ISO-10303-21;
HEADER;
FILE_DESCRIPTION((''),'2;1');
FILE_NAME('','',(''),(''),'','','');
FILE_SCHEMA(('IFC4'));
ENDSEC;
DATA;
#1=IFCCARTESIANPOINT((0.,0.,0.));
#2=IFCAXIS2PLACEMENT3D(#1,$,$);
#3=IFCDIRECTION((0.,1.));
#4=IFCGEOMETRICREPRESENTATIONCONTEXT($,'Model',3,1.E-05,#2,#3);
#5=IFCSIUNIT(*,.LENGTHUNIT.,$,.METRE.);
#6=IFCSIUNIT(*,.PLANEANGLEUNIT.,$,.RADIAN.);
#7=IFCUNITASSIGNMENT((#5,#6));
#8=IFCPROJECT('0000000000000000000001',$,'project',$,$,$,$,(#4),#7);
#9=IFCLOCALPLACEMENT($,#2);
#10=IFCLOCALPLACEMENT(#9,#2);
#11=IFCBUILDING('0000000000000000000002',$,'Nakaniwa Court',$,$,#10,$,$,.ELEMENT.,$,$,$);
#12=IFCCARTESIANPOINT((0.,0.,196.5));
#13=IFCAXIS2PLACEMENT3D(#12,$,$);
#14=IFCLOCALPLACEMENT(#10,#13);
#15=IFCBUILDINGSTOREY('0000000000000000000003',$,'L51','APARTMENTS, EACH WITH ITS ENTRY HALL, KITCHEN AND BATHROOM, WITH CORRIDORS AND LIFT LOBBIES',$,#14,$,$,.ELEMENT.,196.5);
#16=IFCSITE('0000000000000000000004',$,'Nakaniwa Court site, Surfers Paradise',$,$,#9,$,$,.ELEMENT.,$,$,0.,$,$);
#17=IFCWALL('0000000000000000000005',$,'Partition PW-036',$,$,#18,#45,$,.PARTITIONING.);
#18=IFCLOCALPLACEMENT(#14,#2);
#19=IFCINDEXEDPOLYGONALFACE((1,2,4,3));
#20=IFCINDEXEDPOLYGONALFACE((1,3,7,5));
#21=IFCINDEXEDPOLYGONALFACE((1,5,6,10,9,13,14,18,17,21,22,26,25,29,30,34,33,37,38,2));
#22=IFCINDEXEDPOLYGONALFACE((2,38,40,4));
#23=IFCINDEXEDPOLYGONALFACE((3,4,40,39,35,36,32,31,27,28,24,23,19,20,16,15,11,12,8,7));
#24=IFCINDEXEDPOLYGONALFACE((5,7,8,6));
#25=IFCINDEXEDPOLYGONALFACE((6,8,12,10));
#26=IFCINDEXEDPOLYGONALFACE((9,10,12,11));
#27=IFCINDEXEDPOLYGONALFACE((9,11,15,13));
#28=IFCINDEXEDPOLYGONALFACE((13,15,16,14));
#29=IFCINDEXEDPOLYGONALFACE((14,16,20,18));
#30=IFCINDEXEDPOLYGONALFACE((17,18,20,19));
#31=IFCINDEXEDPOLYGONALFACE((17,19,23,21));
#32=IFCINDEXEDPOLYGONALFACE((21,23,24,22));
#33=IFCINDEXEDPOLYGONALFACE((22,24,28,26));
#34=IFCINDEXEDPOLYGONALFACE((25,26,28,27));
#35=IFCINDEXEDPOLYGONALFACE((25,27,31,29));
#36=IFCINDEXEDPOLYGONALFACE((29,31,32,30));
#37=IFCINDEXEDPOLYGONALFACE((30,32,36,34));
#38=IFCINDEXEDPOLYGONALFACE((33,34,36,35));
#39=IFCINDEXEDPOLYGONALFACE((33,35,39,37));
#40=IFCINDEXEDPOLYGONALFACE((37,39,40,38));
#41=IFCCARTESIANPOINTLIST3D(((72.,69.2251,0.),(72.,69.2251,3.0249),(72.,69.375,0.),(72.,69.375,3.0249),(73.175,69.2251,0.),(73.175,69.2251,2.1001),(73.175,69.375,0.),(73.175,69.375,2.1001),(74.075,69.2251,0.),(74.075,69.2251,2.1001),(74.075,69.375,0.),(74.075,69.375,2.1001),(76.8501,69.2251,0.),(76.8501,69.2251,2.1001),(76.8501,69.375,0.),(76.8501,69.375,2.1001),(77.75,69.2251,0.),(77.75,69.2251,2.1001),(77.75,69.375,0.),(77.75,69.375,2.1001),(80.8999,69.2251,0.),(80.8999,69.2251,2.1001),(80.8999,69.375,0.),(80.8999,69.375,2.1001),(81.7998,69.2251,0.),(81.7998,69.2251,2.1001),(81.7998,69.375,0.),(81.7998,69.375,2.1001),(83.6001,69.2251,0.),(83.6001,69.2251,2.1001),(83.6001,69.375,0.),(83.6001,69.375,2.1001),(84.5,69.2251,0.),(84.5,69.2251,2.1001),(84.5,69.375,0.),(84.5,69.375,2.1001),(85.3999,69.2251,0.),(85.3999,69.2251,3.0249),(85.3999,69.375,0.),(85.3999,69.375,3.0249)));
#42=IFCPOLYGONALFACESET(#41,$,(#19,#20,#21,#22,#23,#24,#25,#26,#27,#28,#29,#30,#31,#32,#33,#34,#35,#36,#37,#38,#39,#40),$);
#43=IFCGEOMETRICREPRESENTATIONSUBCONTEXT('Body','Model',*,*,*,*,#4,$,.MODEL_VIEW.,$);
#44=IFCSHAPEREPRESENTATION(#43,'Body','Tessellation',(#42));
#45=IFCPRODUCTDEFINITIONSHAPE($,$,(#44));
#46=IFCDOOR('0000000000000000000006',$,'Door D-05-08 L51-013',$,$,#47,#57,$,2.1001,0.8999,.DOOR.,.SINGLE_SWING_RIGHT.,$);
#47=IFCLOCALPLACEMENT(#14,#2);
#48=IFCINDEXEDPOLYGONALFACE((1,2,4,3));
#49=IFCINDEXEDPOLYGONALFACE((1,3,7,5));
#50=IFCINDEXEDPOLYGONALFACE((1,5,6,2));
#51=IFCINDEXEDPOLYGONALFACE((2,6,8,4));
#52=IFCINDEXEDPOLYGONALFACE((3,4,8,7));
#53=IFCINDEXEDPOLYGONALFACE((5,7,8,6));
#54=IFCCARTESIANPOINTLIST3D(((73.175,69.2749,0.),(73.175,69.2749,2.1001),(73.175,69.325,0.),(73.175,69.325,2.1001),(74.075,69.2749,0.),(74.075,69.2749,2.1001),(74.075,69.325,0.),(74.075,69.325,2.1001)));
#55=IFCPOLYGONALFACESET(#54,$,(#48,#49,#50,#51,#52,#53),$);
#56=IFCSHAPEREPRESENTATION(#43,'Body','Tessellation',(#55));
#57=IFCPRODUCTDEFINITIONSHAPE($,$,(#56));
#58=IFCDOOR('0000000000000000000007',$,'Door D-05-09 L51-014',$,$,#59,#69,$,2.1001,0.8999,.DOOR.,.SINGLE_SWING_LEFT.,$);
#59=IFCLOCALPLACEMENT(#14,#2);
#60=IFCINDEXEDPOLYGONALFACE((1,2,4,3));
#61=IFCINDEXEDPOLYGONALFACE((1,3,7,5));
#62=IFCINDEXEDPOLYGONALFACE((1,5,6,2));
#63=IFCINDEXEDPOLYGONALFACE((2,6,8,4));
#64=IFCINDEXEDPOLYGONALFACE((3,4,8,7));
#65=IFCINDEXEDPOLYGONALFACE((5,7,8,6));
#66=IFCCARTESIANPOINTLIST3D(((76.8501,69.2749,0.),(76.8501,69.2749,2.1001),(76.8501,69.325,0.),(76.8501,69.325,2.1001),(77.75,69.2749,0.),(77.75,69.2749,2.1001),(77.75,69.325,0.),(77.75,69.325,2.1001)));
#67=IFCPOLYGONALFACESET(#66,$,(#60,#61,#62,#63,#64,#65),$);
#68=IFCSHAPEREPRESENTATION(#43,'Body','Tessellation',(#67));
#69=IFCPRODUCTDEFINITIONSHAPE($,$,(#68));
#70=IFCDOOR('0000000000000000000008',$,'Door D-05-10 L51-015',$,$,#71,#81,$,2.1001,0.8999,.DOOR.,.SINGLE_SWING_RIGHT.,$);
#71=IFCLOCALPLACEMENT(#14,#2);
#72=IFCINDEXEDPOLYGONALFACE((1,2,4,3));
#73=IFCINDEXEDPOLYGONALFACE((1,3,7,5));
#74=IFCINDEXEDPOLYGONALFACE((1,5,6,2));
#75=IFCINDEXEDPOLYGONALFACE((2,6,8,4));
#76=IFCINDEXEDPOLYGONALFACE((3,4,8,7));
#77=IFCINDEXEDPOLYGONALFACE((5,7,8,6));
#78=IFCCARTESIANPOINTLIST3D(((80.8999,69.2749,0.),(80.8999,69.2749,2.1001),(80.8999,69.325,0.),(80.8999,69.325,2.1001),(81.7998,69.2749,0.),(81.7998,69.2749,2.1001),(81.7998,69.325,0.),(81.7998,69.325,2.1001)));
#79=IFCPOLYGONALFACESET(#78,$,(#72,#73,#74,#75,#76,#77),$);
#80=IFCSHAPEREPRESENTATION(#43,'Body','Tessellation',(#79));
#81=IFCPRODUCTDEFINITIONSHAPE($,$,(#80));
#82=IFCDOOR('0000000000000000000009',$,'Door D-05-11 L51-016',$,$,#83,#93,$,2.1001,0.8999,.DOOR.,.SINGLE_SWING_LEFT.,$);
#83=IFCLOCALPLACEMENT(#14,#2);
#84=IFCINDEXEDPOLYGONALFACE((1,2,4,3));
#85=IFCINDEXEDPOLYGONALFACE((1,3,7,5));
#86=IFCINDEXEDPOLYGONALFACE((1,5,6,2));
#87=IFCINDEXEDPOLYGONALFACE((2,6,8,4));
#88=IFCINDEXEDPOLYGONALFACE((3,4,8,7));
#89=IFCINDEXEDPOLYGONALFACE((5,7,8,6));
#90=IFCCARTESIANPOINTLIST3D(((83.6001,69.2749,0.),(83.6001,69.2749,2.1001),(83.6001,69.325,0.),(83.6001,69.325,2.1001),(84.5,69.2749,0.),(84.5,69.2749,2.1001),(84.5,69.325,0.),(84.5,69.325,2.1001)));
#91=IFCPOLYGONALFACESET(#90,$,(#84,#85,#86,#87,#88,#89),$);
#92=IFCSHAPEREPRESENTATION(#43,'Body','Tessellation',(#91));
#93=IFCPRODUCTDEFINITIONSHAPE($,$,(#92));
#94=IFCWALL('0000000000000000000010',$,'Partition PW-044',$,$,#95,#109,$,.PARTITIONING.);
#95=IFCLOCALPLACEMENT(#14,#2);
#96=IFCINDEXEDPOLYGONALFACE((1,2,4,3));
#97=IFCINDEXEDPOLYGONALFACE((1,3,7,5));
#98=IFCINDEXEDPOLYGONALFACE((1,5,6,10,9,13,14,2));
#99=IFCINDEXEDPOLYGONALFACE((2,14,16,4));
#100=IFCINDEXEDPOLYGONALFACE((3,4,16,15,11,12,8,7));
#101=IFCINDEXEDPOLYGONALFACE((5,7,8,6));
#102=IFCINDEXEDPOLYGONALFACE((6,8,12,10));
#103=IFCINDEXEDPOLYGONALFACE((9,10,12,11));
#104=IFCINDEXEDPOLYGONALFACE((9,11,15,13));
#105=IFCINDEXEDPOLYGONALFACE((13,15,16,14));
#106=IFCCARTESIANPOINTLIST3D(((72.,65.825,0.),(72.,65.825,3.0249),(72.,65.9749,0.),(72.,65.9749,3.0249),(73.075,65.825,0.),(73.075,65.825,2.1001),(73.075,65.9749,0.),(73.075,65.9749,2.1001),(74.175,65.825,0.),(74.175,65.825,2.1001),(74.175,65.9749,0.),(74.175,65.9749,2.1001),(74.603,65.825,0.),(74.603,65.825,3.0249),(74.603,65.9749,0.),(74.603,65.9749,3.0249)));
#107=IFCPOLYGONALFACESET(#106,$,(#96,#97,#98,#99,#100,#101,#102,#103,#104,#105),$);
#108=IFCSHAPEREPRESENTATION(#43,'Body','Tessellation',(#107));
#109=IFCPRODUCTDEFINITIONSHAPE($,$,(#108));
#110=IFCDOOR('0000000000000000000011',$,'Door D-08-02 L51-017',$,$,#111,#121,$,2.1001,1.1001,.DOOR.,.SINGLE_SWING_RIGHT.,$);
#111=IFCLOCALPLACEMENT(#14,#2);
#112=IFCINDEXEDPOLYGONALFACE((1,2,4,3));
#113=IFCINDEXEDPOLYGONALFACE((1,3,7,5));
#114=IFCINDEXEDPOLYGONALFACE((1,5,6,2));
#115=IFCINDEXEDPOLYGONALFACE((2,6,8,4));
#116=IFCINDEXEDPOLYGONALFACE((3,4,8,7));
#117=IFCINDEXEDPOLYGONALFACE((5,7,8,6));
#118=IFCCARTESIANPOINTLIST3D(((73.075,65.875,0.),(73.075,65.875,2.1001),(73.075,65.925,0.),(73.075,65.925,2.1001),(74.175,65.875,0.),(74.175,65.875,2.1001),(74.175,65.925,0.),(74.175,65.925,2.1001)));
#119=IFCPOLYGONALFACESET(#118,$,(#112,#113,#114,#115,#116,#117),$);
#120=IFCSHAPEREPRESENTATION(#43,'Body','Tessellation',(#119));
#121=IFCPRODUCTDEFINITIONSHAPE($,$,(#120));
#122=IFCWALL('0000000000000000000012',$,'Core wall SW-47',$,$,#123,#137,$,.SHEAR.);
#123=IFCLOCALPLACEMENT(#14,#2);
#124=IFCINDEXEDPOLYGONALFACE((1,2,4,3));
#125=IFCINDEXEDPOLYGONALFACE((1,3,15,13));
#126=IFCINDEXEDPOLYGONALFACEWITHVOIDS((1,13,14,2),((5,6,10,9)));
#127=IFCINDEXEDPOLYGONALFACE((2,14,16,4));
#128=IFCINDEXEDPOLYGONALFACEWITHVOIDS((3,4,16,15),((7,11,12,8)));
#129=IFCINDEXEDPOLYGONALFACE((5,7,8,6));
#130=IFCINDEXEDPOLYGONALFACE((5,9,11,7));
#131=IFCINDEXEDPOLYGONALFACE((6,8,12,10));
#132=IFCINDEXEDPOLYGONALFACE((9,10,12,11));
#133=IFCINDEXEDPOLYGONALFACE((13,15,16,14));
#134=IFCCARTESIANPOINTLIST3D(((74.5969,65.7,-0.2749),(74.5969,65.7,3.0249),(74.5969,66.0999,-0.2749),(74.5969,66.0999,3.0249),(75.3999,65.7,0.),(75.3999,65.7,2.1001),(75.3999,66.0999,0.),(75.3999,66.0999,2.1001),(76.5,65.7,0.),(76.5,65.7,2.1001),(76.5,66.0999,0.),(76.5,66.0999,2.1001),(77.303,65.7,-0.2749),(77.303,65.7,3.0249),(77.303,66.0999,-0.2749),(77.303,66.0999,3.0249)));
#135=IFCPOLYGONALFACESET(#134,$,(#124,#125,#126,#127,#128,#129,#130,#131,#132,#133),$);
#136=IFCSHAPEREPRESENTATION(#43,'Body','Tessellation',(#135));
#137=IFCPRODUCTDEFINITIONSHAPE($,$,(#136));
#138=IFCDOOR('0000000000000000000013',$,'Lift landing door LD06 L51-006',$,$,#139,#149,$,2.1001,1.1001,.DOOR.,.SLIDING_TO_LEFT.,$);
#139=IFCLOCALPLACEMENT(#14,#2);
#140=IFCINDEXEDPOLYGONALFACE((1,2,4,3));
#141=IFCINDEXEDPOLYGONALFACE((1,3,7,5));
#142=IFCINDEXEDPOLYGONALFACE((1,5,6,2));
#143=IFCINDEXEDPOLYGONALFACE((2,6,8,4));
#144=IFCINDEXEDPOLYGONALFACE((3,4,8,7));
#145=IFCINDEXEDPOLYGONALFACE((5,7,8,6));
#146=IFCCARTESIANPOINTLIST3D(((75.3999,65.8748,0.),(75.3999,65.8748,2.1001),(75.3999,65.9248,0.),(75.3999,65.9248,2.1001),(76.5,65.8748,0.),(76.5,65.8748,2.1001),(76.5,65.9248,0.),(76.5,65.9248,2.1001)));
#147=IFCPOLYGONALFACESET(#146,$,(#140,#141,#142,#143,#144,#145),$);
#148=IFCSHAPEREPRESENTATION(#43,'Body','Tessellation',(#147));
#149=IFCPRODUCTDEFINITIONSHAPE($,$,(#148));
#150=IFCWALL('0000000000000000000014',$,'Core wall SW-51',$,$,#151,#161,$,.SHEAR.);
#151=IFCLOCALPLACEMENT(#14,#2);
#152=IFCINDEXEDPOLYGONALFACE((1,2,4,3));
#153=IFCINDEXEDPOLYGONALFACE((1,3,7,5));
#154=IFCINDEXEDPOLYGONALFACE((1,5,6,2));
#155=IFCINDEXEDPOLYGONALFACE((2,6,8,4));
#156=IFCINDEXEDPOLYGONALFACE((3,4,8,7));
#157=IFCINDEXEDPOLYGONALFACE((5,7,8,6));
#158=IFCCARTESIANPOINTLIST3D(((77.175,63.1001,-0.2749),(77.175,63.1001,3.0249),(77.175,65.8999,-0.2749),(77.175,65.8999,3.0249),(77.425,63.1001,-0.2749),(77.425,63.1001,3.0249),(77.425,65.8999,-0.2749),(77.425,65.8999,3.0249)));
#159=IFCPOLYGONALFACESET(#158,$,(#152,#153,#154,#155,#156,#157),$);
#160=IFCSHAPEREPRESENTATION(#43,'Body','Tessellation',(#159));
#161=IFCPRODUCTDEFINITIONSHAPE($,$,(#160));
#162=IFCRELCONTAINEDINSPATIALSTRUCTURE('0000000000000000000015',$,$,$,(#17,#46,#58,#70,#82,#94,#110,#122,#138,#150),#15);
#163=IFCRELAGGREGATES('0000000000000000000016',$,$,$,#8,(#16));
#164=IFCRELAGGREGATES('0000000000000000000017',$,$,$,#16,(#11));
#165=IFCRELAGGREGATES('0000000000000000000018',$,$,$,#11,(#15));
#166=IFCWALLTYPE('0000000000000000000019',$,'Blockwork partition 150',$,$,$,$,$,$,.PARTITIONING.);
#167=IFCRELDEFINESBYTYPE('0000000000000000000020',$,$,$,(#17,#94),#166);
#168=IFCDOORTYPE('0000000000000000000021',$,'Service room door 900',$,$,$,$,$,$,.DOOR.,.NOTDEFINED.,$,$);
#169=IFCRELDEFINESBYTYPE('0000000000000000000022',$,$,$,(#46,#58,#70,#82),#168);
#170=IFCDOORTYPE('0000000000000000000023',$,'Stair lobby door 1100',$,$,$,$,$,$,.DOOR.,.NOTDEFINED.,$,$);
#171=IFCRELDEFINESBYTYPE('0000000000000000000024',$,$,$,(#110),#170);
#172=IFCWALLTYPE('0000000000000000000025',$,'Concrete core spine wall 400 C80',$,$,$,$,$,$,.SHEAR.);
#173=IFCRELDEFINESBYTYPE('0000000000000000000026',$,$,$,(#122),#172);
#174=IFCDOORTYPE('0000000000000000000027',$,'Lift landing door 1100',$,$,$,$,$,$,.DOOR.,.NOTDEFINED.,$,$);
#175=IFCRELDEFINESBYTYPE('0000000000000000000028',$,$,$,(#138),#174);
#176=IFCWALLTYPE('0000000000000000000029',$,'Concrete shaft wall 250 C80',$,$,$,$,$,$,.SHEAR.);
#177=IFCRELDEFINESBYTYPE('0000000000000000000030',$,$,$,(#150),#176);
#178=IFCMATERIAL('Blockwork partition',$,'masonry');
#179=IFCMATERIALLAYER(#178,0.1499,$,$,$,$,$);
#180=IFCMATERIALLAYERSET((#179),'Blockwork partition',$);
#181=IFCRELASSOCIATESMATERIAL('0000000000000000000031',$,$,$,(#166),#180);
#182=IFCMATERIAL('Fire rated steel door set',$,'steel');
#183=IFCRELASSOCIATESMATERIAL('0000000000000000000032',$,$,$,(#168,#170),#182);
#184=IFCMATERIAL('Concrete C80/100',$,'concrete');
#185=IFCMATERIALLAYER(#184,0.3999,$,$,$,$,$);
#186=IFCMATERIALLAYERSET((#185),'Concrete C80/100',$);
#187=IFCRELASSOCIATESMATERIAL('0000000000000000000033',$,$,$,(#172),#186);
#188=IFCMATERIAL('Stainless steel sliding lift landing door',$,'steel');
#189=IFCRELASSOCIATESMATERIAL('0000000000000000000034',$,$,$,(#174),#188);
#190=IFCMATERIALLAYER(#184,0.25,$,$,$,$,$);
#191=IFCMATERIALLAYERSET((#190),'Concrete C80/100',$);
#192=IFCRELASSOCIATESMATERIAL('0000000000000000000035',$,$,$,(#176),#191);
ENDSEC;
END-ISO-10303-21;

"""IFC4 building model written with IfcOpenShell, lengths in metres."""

from ifc_helpers import new_model, si_unit, direction, frame, frame_2d, origin, place, context, subcontext, project, spatial, rectangle, extrude, material, layer, layer_set, type_object, element, fill, save


model = new_model("IFC4")

# Units and contexts
model_context = context("Model", 3, precision=1e-05, world=origin(), true_north=direction((0.0, 1.0)))
body_context = subcontext(model_context, "Body", "Model", "MODEL_VIEW")
ifc_project = project(units=[si_unit("LENGTHUNIT", "METRE"), si_unit("PLANEANGLEUNIT", "RADIAN")], contexts=[model_context])

# Site, building, storey
site_placement = place(None, origin())
site = spatial("IfcSite", under=ifc_project, at=site_placement, Name="Nakaniwa Court site, Surfers Paradise", CompositionType="ELEMENT", RefElevation=0.0)
building_placement = place(site_placement, origin())
building = spatial("IfcBuilding", under=site, at=building_placement, Name="Nakaniwa Court", CompositionType="ELEMENT")
storey_placement = place(building_placement, frame((0.0, 0.0, 196.5)))
storey = spatial("IfcBuildingStorey", under=building, at=storey_placement, Name="L51", Description="APARTMENTS, EACH WITH ITS ENTRY HALL, KITCHEN AND BATHROOM, WITH CORRIDORS AND LIFT LOBBIES", CompositionType="ELEMENT", Elevation=196.5)

# Shared definitions
ifc_material_1 = material(Name="Concrete C80/100", Category="concrete")

# Shared definitions
ifc_material_2 = material(Name="Blockwork partition", Category="masonry")
ifc_layer_1 = layer(ifc_material_2, 0.1499)
ifc_layer_set_1 = layer_set([ifc_layer_1], Name="Blockwork partition")
wall_type_1 = type_object("IfcWallType", Name="Blockwork partition 150", PredefinedType="PARTITIONING", material=ifc_layer_set_1)

# Wall, openings, doors
wall_1_placement = place(storey_placement, frame((72.0, 69.3, 0.0), z_axis=(0.0, 0.0, 1.0), x_axis=(1.0, 0.0, 0.0)))
wall_1 = element("IfcWall", 1, at=wall_1_placement, inside=storey, type_object=wall_type_1, Name="Partition PW-036", PredefinedType="PARTITIONING", context=body_context, shape_type="SweptSolid", body=[
    extrude(rectangle(XDim=13.3999, YDim=0.1499, at=frame_2d((6.7, 0.0))), origin(), (0.0, 0.0, 1.0), 3.0249),
])
opening_1_placement = place(wall_1_placement, frame((1.175, 0.0, 0.0)))
opening_1 = element("IfcOpeningElement", 2, at=opening_1_placement, cuts=wall_1, PredefinedType="OPENING", context=body_context, shape_type="SweptSolid", body=[
    extrude(rectangle(XDim=0.8999, YDim=2.1001, at=frame_2d((0.45, 1.05))), frame((0.0, 0.085, 0.0), z_axis=(0.0, -1.0, 0.0), x_axis=(1.0, 0.0, 0.0)), (0.0, 0.0, 1.0), 0.1699),
])
opening_2_placement = place(wall_1_placement, frame((4.8501, 0.0, 0.0)))
opening_2 = element("IfcOpeningElement", 3, at=opening_2_placement, cuts=wall_1, PredefinedType="OPENING", context=body_context, shape_type="SweptSolid", body=[
    extrude(rectangle(XDim=0.8999, YDim=2.1001, at=frame_2d((0.45, 1.05))), frame((0.0, 0.085, 0.0), z_axis=(0.0, -1.0, 0.0), x_axis=(1.0, 0.0, 0.0)), (0.0, 0.0, 1.0), 0.1699),
])
opening_3_placement = place(wall_1_placement, frame((8.8999, 0.0, 0.0)))
opening_3 = element("IfcOpeningElement", 4, at=opening_3_placement, cuts=wall_1, PredefinedType="OPENING", context=body_context, shape_type="SweptSolid", body=[
    extrude(rectangle(XDim=0.8999, YDim=2.1001, at=frame_2d((0.45, 1.05))), frame((0.0, 0.085, 0.0), z_axis=(0.0, -1.0, 0.0), x_axis=(1.0, 0.0, 0.0)), (0.0, 0.0, 1.0), 0.1699),
])
opening_4_placement = place(wall_1_placement, frame((11.6001, 0.0, 0.0)))
opening_4 = element("IfcOpeningElement", 5, at=opening_4_placement, cuts=wall_1, PredefinedType="OPENING", context=body_context, shape_type="SweptSolid", body=[
    extrude(rectangle(XDim=0.8999, YDim=2.1001, at=frame_2d((0.45, 1.05))), frame((0.0, 0.085, 0.0), z_axis=(0.0, -1.0, 0.0), x_axis=(1.0, 0.0, 0.0)), (0.0, 0.0, 1.0), 0.1699),
])
ifc_material_3 = material(Name="Fire rated steel door set", Category="steel")
door_type_1 = type_object("IfcDoorType", Name="Service room door 900", OperationType="NOTDEFINED", PredefinedType="DOOR", material=ifc_material_3)
door_1_placement = place(opening_1_placement, origin())
door_1 = element("IfcDoor", 6, at=door_1_placement, inside=storey, type_object=door_type_1, Name="Door D-05-08 L51-013", OperationType="SINGLE_SWING_RIGHT", OverallHeight=2.1001, OverallWidth=0.8999, PredefinedType="DOOR", context=body_context, shape_type="SweptSolid", body=[
    extrude(rectangle(XDim=0.8999, YDim=2.1001, at=frame_2d((0.45, 1.05))), frame((0.0, 0.0249, 0.0), z_axis=(0.0, -1.0, 0.0), x_axis=(1.0, 0.0, 0.0)), (0.0, 0.0, 1.0), 0.05),
])
fill(opening_1, door_1)
door_2_placement = place(opening_2_placement, origin())
door_2 = element("IfcDoor", 7, at=door_2_placement, inside=storey, type_object=door_type_1, Name="Door D-05-09 L51-014", OperationType="SINGLE_SWING_LEFT", OverallHeight=2.1001, OverallWidth=0.8999, PredefinedType="DOOR", context=body_context, shape_type="SweptSolid", body=[
    extrude(rectangle(XDim=0.8999, YDim=2.1001, at=frame_2d((0.45, 1.05))), frame((0.0, 0.0249, 0.0), z_axis=(0.0, -1.0, 0.0), x_axis=(1.0, 0.0, 0.0)), (0.0, 0.0, 1.0), 0.05),
])
fill(opening_2, door_2)
door_3_placement = place(opening_3_placement, origin())
door_3 = element("IfcDoor", 8, at=door_3_placement, inside=storey, type_object=door_type_1, Name="Door D-05-10 L51-015", OperationType="SINGLE_SWING_RIGHT", OverallHeight=2.1001, OverallWidth=0.8999, PredefinedType="DOOR", context=body_context, shape_type="SweptSolid", body=[
    extrude(rectangle(XDim=0.8999, YDim=2.1001, at=frame_2d((0.45, 1.05))), frame((0.0, 0.0249, 0.0), z_axis=(0.0, -1.0, 0.0), x_axis=(1.0, 0.0, 0.0)), (0.0, 0.0, 1.0), 0.05),
])
fill(opening_3, door_3)
door_4_placement = place(opening_4_placement, origin())
door_4 = element("IfcDoor", 9, at=door_4_placement, inside=storey, type_object=door_type_1, Name="Door D-05-11 L51-016", OperationType="SINGLE_SWING_LEFT", OverallHeight=2.1001, OverallWidth=0.8999, PredefinedType="DOOR", context=body_context, shape_type="SweptSolid", body=[
    extrude(rectangle(XDim=0.8999, YDim=2.1001, at=frame_2d((0.45, 1.05))), frame((0.0, 0.0249, 0.0), z_axis=(0.0, -1.0, 0.0), x_axis=(1.0, 0.0, 0.0)), (0.0, 0.0, 1.0), 0.05),
])
fill(opening_4, door_4)

# Walls, openings, doors
wall_2_placement = place(storey_placement, frame((74.603, 65.8999, 0.0), z_axis=(0.0, 0.0, 1.0), x_axis=(-1.0, 0.0, 0.0)))
wall_2 = element("IfcWall", 10, at=wall_2_placement, inside=storey, type_object=wall_type_1, Name="Partition PW-044", PredefinedType="PARTITIONING", context=body_context, shape_type="SweptSolid", body=[
    extrude(rectangle(XDim=2.603, YDim=0.1499, at=frame_2d((1.3015, 0.0))), origin(), (0.0, 0.0, 1.0), 3.0249),
])
opening_5_placement = place(wall_2_placement, frame((0.428, 0.0, 0.0)))
opening_5 = element("IfcOpeningElement", 11, at=opening_5_placement, cuts=wall_2, PredefinedType="OPENING", context=body_context, shape_type="SweptSolid", body=[
    extrude(rectangle(XDim=1.1001, YDim=2.1001, at=frame_2d((0.55, 1.05))), frame((0.0, 0.085, 0.0), z_axis=(0.0, -1.0, 0.0), x_axis=(1.0, 0.0, 0.0)), (0.0, 0.0, 1.0), 0.1699),
])
door_type_2 = type_object("IfcDoorType", Name="Stair lobby door 1100", OperationType="NOTDEFINED", PredefinedType="DOOR", material=ifc_material_3)
door_5_placement = place(opening_5_placement, origin())
door_5 = element("IfcDoor", 12, at=door_5_placement, inside=storey, type_object=door_type_2, Name="Door D-08-02 L51-017", OperationType="SINGLE_SWING_RIGHT", OverallHeight=2.1001, OverallWidth=1.1001, PredefinedType="DOOR", context=body_context, shape_type="SweptSolid", body=[
    extrude(rectangle(XDim=1.1001, YDim=2.1001, at=frame_2d((0.55, 1.05))), frame((0.0, 0.0249, 0.0), z_axis=(0.0, -1.0, 0.0), x_axis=(1.0, 0.0, 0.0)), (0.0, 0.0, 1.0), 0.05),
])
fill(opening_5, door_5)
ifc_layer_2 = layer(ifc_material_1, 0.3999)
ifc_layer_set_2 = layer_set([ifc_layer_2], Name="Concrete C80/100")
wall_type_2 = type_object("IfcWallType", Name="Concrete core spine wall 400 C80", PredefinedType="SHEAR", material=ifc_layer_set_2)
wall_3_placement = place(storey_placement, frame((74.5969, 65.8999, -0.2749), z_axis=(0.0, 0.0, 1.0), x_axis=(1.0, 0.0, 0.0)))
wall_3 = element("IfcWall", 13, at=wall_3_placement, inside=storey, type_object=wall_type_2, Name="Core wall SW-47", PredefinedType="SHEAR", context=body_context, shape_type="SweptSolid", body=[
    extrude(rectangle(XDim=2.7061, YDim=0.3999, at=frame_2d((1.353, 0.0))), origin(), (0.0, 0.0, 1.0), 3.2998),
])
opening_6_placement = place(wall_3_placement, frame((0.803, 0.0, 0.2749)))
opening_6 = element("IfcOpeningElement", 14, at=opening_6_placement, cuts=wall_3, PredefinedType="OPENING", context=body_context, shape_type="SweptSolid", body=[
    extrude(rectangle(XDim=1.1001, YDim=2.1001, at=frame_2d((0.55, 1.05))), frame((0.0, 0.21, 0.0), z_axis=(0.0, -1.0, 0.0), x_axis=(1.0, 0.0, 0.0)), (0.0, 0.0, 1.0), 0.4199),
])
ifc_material_4 = material(Name="Stainless steel sliding lift landing door", Category="steel")
door_type_3 = type_object("IfcDoorType", Name="Lift landing door 1100", OperationType="NOTDEFINED", PredefinedType="DOOR", material=ifc_material_4)
door_6_placement = place(opening_6_placement, origin())
door_6 = element("IfcDoor", 15, at=door_6_placement, inside=storey, type_object=door_type_3, Name="Lift landing door LD06 L51-006", OperationType="SLIDING_TO_LEFT", OverallHeight=2.1001, OverallWidth=1.1001, PredefinedType="DOOR", context=body_context, shape_type="SweptSolid", body=[
    extrude(rectangle(XDim=1.1001, YDim=2.1001, at=frame_2d((0.55, 1.05))), frame((0.0, 0.0249, 0.0), z_axis=(0.0, -1.0, 0.0), x_axis=(1.0, 0.0, 0.0)), (0.0, 0.0, 1.0), 0.05),
])
fill(opening_6, door_6)

# Wall
ifc_layer_3 = layer(ifc_material_1, 0.25)
ifc_layer_set_3 = layer_set([ifc_layer_3], Name="Concrete C80/100")
wall_type_3 = type_object("IfcWallType", Name="Concrete shaft wall 250 C80", PredefinedType="SHEAR", material=ifc_layer_set_3)
wall_4_placement = place(storey_placement, frame((77.3, 63.1001, -0.2749), z_axis=(0.0, 0.0, 1.0), x_axis=(0.0, 1.0, 0.0)))
element("IfcWall", 16, at=wall_4_placement, inside=storey, type_object=wall_type_3, Name="Core wall SW-51", PredefinedType="SHEAR", context=body_context, shape_type="SweptSolid", body=[
    extrude(rectangle(XDim=2.7998, YDim=0.25, at=frame_2d((1.3999, 0.0))), origin(), (0.0, 0.0, 1.0), 3.2998),
])

save(model, "model.ifc")
